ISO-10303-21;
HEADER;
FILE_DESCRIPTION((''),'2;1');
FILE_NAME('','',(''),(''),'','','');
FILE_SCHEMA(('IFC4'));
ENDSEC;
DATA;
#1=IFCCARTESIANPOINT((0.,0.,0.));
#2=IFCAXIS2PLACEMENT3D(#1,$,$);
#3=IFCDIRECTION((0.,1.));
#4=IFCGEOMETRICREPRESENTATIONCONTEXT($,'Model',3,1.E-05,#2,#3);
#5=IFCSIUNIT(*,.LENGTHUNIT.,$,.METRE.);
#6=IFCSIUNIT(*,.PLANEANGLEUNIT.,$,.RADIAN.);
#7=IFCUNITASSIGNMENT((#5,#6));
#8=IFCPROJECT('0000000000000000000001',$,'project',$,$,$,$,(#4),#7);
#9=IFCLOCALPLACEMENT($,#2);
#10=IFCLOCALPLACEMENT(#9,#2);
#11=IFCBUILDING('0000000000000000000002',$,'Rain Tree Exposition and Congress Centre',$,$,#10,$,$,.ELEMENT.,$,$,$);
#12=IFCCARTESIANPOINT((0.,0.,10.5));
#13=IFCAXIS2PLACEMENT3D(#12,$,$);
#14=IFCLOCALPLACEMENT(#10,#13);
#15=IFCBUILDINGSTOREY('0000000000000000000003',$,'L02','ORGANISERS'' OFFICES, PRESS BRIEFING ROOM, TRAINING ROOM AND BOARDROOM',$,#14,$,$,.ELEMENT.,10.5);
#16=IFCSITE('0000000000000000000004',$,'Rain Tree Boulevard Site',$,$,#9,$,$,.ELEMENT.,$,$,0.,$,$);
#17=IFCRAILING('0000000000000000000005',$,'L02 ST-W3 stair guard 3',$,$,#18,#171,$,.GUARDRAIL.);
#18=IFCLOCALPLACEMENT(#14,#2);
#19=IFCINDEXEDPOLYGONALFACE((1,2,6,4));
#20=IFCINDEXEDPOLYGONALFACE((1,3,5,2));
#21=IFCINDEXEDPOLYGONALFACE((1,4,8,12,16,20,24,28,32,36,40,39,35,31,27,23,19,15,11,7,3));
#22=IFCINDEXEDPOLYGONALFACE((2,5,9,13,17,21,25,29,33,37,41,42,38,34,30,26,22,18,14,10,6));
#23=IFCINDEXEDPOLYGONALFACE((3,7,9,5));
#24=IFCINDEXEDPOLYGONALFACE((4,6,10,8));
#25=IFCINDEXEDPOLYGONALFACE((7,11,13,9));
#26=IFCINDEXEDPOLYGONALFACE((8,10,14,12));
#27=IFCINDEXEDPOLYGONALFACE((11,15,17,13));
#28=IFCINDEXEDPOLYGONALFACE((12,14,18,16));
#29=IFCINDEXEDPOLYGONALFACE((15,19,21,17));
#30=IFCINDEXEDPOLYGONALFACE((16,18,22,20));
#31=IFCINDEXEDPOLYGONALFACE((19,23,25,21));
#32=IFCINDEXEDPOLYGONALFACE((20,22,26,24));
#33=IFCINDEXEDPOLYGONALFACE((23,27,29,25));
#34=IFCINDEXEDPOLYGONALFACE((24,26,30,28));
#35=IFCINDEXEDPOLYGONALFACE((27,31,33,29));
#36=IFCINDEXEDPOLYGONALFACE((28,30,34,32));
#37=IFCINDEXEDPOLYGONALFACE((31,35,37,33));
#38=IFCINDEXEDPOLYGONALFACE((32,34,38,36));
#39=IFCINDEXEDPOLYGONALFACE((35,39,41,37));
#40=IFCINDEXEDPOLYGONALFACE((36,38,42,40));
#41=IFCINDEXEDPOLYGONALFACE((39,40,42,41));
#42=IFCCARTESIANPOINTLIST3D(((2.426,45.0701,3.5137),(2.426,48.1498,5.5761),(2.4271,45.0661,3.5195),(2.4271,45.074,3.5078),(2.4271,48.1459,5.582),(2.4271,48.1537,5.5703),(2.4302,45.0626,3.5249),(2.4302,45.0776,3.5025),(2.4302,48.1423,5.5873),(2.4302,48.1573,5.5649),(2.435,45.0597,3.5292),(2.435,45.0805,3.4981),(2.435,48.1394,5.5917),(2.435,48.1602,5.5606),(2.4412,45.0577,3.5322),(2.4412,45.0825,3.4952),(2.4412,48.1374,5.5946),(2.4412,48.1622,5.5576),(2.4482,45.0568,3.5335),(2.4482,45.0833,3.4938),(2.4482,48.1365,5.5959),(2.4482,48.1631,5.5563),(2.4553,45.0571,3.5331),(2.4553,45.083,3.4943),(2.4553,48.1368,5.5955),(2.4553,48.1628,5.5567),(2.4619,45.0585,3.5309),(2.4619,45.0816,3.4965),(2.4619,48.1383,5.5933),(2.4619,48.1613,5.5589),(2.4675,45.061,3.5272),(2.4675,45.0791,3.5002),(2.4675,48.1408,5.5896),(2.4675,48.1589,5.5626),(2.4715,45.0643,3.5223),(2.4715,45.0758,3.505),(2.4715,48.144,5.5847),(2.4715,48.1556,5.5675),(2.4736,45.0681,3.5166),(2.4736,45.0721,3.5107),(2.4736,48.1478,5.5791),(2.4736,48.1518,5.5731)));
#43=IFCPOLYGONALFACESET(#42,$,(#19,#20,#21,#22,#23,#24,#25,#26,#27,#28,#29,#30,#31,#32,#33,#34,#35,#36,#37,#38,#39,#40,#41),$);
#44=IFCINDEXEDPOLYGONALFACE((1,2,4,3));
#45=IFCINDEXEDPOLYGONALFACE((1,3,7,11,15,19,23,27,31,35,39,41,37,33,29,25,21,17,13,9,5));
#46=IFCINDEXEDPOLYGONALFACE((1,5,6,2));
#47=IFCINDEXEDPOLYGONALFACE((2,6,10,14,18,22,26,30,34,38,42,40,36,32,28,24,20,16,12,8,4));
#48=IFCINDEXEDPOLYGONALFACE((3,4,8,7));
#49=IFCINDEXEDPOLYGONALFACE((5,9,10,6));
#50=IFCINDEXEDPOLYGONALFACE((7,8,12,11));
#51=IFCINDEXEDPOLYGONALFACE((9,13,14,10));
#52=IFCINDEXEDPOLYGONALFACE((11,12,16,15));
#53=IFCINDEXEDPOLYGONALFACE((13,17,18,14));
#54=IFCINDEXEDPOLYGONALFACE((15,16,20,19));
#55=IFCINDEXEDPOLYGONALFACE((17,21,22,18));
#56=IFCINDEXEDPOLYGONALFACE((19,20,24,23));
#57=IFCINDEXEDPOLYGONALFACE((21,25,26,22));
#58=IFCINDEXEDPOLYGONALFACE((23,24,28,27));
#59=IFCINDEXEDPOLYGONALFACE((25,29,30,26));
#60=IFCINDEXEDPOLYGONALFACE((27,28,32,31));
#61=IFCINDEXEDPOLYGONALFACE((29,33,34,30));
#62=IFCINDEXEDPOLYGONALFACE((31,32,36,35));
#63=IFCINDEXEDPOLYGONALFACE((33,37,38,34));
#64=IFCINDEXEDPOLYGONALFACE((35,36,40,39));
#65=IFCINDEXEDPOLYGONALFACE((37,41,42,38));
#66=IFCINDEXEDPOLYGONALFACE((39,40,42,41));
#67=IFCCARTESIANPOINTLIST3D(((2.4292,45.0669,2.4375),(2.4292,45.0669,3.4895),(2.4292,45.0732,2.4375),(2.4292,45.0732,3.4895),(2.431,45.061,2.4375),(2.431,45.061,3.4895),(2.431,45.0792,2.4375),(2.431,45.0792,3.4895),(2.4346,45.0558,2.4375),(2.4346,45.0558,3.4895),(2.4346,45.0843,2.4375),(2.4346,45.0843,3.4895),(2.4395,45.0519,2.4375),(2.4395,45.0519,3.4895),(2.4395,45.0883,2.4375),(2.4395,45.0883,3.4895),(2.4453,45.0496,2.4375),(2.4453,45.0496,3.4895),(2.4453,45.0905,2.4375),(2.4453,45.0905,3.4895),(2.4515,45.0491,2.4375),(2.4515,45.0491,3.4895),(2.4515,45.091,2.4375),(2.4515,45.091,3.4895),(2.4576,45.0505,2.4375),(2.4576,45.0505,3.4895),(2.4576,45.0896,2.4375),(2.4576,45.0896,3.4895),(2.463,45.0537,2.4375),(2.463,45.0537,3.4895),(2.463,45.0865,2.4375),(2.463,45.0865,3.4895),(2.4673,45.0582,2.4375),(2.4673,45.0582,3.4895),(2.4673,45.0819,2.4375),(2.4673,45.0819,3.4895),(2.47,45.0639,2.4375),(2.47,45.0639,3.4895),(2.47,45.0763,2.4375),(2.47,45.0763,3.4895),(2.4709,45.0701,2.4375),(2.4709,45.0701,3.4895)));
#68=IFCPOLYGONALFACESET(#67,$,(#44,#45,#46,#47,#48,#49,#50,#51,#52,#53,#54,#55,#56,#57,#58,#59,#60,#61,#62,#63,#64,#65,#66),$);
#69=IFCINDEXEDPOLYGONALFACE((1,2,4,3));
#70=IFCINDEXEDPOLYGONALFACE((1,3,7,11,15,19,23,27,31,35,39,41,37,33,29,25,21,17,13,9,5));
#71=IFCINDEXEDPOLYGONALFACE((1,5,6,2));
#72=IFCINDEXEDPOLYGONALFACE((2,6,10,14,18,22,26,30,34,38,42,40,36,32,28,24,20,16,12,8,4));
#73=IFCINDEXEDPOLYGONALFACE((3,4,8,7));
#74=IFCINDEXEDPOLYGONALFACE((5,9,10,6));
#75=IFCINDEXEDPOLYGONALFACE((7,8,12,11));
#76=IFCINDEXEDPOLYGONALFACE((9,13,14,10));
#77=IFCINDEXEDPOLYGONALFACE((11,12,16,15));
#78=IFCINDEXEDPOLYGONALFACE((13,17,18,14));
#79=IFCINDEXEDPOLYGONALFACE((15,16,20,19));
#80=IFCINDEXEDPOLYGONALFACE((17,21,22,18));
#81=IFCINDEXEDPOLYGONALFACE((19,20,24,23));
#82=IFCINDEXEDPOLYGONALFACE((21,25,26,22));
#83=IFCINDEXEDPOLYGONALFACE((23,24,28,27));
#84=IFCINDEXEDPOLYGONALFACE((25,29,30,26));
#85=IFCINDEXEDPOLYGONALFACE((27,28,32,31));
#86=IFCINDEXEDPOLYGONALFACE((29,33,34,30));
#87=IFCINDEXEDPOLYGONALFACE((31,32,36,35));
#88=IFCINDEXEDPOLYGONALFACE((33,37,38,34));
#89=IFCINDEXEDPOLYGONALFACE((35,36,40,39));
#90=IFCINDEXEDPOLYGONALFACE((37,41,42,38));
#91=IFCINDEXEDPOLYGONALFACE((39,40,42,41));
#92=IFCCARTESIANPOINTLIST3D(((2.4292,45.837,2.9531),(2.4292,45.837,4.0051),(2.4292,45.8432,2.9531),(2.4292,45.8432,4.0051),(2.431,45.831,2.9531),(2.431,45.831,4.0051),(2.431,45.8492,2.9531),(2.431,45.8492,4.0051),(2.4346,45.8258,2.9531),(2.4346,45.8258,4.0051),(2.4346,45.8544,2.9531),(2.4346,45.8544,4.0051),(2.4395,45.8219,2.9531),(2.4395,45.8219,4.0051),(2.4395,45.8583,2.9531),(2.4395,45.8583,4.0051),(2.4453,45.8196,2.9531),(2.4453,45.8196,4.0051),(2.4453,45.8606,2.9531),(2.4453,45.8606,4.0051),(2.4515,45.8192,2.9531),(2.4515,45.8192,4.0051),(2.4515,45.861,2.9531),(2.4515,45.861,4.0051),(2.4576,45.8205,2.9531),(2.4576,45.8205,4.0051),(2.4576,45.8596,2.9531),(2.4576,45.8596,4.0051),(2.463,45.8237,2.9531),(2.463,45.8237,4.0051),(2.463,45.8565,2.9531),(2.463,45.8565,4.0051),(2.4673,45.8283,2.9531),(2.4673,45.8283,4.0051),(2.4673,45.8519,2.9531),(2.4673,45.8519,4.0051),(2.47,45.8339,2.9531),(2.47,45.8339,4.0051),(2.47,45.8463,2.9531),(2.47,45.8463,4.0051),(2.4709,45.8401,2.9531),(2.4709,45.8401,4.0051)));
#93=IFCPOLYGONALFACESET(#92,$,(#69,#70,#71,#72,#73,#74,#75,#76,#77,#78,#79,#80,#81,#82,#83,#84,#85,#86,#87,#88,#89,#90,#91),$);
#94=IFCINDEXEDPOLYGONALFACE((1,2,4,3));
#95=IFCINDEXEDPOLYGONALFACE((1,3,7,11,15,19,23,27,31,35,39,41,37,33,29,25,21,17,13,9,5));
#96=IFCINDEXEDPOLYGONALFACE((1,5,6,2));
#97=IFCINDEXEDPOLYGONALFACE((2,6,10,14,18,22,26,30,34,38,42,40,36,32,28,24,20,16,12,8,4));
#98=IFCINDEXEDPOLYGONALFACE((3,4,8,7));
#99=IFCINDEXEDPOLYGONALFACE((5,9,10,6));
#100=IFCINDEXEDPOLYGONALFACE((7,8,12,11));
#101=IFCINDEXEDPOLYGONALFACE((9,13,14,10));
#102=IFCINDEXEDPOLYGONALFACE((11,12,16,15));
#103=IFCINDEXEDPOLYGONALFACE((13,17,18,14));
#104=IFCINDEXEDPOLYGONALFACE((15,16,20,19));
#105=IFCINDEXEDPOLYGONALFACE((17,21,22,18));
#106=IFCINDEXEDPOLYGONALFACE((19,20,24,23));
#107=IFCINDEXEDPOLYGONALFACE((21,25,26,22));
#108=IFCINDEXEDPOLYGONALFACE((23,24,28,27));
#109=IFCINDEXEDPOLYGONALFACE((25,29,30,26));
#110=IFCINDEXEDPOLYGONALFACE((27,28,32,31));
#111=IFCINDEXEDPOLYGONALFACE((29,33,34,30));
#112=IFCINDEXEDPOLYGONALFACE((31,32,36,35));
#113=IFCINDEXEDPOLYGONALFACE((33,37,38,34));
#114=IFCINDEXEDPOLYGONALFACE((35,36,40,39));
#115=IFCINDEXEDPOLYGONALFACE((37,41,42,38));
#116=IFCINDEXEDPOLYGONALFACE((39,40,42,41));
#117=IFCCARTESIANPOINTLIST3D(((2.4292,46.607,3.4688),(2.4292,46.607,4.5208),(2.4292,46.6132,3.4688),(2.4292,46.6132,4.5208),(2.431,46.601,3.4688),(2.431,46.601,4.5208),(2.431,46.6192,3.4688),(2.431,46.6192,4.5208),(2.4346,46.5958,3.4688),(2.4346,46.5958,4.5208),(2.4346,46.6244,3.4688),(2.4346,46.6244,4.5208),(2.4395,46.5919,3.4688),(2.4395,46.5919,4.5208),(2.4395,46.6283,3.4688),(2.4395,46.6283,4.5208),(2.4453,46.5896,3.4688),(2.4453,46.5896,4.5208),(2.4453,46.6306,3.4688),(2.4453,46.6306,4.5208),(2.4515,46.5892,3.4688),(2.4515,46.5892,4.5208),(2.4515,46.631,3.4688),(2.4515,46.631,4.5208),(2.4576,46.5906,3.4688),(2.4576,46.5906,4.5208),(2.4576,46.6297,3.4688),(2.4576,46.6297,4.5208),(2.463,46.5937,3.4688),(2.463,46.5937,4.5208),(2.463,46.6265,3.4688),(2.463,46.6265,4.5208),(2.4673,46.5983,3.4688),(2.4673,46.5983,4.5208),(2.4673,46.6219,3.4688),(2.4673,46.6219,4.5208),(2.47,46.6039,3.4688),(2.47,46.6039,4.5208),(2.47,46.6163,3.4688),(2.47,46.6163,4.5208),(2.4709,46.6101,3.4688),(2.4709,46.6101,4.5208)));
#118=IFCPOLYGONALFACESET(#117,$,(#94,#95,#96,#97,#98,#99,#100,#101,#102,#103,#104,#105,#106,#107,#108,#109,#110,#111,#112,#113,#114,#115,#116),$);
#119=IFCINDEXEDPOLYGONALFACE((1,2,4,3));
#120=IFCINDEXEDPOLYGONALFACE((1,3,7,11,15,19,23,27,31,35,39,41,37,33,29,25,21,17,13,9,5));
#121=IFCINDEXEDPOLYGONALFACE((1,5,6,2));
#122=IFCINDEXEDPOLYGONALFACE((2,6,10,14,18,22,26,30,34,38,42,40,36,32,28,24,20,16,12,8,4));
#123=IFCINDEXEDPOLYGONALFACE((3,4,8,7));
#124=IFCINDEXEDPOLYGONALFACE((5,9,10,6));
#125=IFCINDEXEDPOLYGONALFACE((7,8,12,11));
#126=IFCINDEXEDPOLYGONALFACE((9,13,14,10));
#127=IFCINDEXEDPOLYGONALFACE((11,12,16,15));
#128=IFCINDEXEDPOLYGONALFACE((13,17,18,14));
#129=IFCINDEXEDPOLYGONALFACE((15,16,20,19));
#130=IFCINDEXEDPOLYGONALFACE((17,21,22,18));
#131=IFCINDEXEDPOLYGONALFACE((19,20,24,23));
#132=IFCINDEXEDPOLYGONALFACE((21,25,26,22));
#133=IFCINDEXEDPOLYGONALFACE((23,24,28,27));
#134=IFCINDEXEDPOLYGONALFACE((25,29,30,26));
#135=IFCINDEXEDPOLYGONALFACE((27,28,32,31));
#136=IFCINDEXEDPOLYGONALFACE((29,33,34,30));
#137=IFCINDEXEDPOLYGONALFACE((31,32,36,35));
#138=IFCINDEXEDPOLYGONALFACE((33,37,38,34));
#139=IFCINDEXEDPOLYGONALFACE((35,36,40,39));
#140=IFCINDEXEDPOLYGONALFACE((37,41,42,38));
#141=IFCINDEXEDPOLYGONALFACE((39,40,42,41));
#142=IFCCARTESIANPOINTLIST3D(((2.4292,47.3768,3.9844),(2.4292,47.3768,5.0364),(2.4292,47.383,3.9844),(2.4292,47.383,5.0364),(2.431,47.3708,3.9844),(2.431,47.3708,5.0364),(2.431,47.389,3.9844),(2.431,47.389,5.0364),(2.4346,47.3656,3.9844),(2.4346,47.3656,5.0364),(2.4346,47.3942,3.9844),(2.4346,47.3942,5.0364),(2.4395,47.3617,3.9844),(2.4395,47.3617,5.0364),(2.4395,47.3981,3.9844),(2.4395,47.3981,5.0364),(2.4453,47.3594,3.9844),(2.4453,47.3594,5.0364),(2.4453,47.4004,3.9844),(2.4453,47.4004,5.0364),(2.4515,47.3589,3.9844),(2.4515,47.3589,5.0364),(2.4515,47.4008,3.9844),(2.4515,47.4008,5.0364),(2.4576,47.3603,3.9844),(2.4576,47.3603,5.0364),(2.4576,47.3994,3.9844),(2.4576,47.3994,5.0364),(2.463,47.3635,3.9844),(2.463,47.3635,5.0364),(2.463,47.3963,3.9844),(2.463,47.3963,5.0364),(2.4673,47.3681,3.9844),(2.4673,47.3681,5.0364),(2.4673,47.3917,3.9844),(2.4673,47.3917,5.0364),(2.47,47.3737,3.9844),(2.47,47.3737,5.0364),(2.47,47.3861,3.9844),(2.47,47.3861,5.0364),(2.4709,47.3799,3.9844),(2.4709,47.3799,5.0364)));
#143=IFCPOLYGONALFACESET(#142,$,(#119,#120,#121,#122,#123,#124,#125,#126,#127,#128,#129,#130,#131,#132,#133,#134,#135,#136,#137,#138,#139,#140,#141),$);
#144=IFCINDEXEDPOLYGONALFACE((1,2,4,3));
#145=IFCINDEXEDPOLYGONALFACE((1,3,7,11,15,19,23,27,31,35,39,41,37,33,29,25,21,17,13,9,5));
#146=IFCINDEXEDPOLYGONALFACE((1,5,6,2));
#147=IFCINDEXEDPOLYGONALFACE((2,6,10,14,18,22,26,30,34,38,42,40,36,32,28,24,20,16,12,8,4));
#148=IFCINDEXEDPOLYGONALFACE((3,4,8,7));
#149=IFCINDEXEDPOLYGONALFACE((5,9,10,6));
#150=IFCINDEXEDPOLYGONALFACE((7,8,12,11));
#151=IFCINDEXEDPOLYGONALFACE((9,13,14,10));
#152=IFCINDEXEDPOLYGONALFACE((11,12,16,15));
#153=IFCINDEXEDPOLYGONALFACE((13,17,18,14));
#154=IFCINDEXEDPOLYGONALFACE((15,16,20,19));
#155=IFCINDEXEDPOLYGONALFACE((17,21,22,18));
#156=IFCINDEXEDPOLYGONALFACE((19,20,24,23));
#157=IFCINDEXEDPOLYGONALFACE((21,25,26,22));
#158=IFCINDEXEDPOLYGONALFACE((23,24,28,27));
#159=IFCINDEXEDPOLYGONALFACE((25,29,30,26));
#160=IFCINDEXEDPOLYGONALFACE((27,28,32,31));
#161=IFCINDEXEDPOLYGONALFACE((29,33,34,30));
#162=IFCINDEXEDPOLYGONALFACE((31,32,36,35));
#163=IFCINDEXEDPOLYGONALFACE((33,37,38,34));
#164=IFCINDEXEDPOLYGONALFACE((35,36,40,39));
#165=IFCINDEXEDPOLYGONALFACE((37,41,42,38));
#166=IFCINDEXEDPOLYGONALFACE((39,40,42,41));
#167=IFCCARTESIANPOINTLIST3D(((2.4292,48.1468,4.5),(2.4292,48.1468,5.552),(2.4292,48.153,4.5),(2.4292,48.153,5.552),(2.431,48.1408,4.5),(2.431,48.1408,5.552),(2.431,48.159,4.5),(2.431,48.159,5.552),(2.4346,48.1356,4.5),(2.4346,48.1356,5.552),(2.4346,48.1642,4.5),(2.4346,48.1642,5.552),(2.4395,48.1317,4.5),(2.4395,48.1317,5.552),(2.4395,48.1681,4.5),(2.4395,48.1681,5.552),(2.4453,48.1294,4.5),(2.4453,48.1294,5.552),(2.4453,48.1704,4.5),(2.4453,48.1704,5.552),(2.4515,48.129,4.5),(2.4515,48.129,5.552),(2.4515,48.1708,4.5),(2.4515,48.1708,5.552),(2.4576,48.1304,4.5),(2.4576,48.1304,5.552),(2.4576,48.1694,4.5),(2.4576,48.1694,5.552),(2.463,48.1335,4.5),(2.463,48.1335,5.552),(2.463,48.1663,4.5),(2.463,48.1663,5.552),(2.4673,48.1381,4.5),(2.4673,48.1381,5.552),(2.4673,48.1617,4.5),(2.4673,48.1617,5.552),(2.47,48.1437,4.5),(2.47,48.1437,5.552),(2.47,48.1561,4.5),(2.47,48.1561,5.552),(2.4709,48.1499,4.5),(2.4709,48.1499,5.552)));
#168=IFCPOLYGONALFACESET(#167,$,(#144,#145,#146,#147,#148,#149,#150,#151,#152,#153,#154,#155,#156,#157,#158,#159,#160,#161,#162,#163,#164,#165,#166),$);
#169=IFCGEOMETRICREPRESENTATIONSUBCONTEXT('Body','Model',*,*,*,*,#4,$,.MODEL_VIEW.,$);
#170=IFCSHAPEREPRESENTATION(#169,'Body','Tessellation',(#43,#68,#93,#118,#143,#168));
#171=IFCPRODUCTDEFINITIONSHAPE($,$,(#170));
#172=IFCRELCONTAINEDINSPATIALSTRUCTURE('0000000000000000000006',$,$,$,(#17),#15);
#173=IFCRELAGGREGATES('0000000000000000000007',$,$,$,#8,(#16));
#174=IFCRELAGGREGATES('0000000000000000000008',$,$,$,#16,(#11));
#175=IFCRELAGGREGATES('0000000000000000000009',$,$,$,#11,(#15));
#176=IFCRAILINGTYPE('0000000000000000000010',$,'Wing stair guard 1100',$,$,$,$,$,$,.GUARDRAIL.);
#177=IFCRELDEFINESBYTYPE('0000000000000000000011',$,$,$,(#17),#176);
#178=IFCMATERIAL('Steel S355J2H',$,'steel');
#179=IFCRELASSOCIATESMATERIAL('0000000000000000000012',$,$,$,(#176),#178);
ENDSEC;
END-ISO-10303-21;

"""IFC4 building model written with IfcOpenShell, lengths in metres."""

from ifc_helpers import new_model, si_unit, direction, frame, origin, origin_2d, place, context, subcontext, project, spatial, circle, extrude, material, type_object, element, save


model = new_model("IFC4")

# Units and contexts
model_context = context("Model", 3, precision=1e-05, world=origin(), true_north=direction((0.0, 1.0)))
body_context = subcontext(model_context, "Body", "Model", "MODEL_VIEW")
ifc_project = project(units=[si_unit("LENGTHUNIT", "METRE"), si_unit("PLANEANGLEUNIT", "RADIAN")], contexts=[model_context])

# Site, building, storey
site_placement = place(None, origin())
site = spatial("IfcSite", under=ifc_project, at=site_placement, Name="Rain Tree Boulevard Site", CompositionType="ELEMENT", RefElevation=0.0)
building_placement = place(site_placement, origin())
building = spatial("IfcBuilding", under=site, at=building_placement, Name="Rain Tree Exposition and Congress Centre", CompositionType="ELEMENT")
storey_placement = place(building_placement, frame((0.0, 0.0, 10.5)))
storey = spatial("IfcBuildingStorey", under=building, at=storey_placement, Name="L02", Description="ORGANISERS' OFFICES, PRESS BRIEFING ROOM, TRAINING ROOM AND BOARDROOM", CompositionType="ELEMENT", Elevation=10.5)

# Railing
ifc_material_1 = material(Name="Steel S355J2H", Category="steel")
railing_type_1 = type_object("IfcRailingType", Name="Wing stair guard 1100", PredefinedType="GUARDRAIL", material=ifc_material_1)
railing_1_placement = place(storey_placement, frame((2.45, 45.0701, 2.4375)))
element("IfcRailing", 1, at=railing_1_placement, inside=storey, type_object=railing_type_1, Name="L02 ST-W3 stair guard 3", PredefinedType="GUARDRAIL", context=body_context, shape_type="SweptSolid", body=[
    extrude(circle(Radius=0.0239, at=origin_2d()), frame((0.0, 0.0, 1.0762), z_axis=(0.0, 0.830893, 0.556432), x_axis=(-1.0, 0.0, 0.0)), (0.0, 0.0, 1.0), 3.7065),
    extrude(circle(Radius=0.021, at=origin_2d()), origin(), (0.0, 0.0, 1.0), 1.052),
    extrude(circle(Radius=0.021, at=origin_2d()), frame((0.0, 0.77, 0.5156)), (0.0, 0.0, 1.0), 1.052),
    extrude(circle(Radius=0.021, at=origin_2d()), frame((0.0, 1.54, 1.0312)), (0.0, 0.0, 1.0), 1.052),
    extrude(circle(Radius=0.021, at=origin_2d()), frame((0.0, 2.3098, 1.5469)), (0.0, 0.0, 1.0), 1.052),
    extrude(circle(Radius=0.021, at=origin_2d()), frame((0.0, 3.0798, 2.0625)), (0.0, 0.0, 1.0), 1.052),
])

save(model, "model.ifc")
